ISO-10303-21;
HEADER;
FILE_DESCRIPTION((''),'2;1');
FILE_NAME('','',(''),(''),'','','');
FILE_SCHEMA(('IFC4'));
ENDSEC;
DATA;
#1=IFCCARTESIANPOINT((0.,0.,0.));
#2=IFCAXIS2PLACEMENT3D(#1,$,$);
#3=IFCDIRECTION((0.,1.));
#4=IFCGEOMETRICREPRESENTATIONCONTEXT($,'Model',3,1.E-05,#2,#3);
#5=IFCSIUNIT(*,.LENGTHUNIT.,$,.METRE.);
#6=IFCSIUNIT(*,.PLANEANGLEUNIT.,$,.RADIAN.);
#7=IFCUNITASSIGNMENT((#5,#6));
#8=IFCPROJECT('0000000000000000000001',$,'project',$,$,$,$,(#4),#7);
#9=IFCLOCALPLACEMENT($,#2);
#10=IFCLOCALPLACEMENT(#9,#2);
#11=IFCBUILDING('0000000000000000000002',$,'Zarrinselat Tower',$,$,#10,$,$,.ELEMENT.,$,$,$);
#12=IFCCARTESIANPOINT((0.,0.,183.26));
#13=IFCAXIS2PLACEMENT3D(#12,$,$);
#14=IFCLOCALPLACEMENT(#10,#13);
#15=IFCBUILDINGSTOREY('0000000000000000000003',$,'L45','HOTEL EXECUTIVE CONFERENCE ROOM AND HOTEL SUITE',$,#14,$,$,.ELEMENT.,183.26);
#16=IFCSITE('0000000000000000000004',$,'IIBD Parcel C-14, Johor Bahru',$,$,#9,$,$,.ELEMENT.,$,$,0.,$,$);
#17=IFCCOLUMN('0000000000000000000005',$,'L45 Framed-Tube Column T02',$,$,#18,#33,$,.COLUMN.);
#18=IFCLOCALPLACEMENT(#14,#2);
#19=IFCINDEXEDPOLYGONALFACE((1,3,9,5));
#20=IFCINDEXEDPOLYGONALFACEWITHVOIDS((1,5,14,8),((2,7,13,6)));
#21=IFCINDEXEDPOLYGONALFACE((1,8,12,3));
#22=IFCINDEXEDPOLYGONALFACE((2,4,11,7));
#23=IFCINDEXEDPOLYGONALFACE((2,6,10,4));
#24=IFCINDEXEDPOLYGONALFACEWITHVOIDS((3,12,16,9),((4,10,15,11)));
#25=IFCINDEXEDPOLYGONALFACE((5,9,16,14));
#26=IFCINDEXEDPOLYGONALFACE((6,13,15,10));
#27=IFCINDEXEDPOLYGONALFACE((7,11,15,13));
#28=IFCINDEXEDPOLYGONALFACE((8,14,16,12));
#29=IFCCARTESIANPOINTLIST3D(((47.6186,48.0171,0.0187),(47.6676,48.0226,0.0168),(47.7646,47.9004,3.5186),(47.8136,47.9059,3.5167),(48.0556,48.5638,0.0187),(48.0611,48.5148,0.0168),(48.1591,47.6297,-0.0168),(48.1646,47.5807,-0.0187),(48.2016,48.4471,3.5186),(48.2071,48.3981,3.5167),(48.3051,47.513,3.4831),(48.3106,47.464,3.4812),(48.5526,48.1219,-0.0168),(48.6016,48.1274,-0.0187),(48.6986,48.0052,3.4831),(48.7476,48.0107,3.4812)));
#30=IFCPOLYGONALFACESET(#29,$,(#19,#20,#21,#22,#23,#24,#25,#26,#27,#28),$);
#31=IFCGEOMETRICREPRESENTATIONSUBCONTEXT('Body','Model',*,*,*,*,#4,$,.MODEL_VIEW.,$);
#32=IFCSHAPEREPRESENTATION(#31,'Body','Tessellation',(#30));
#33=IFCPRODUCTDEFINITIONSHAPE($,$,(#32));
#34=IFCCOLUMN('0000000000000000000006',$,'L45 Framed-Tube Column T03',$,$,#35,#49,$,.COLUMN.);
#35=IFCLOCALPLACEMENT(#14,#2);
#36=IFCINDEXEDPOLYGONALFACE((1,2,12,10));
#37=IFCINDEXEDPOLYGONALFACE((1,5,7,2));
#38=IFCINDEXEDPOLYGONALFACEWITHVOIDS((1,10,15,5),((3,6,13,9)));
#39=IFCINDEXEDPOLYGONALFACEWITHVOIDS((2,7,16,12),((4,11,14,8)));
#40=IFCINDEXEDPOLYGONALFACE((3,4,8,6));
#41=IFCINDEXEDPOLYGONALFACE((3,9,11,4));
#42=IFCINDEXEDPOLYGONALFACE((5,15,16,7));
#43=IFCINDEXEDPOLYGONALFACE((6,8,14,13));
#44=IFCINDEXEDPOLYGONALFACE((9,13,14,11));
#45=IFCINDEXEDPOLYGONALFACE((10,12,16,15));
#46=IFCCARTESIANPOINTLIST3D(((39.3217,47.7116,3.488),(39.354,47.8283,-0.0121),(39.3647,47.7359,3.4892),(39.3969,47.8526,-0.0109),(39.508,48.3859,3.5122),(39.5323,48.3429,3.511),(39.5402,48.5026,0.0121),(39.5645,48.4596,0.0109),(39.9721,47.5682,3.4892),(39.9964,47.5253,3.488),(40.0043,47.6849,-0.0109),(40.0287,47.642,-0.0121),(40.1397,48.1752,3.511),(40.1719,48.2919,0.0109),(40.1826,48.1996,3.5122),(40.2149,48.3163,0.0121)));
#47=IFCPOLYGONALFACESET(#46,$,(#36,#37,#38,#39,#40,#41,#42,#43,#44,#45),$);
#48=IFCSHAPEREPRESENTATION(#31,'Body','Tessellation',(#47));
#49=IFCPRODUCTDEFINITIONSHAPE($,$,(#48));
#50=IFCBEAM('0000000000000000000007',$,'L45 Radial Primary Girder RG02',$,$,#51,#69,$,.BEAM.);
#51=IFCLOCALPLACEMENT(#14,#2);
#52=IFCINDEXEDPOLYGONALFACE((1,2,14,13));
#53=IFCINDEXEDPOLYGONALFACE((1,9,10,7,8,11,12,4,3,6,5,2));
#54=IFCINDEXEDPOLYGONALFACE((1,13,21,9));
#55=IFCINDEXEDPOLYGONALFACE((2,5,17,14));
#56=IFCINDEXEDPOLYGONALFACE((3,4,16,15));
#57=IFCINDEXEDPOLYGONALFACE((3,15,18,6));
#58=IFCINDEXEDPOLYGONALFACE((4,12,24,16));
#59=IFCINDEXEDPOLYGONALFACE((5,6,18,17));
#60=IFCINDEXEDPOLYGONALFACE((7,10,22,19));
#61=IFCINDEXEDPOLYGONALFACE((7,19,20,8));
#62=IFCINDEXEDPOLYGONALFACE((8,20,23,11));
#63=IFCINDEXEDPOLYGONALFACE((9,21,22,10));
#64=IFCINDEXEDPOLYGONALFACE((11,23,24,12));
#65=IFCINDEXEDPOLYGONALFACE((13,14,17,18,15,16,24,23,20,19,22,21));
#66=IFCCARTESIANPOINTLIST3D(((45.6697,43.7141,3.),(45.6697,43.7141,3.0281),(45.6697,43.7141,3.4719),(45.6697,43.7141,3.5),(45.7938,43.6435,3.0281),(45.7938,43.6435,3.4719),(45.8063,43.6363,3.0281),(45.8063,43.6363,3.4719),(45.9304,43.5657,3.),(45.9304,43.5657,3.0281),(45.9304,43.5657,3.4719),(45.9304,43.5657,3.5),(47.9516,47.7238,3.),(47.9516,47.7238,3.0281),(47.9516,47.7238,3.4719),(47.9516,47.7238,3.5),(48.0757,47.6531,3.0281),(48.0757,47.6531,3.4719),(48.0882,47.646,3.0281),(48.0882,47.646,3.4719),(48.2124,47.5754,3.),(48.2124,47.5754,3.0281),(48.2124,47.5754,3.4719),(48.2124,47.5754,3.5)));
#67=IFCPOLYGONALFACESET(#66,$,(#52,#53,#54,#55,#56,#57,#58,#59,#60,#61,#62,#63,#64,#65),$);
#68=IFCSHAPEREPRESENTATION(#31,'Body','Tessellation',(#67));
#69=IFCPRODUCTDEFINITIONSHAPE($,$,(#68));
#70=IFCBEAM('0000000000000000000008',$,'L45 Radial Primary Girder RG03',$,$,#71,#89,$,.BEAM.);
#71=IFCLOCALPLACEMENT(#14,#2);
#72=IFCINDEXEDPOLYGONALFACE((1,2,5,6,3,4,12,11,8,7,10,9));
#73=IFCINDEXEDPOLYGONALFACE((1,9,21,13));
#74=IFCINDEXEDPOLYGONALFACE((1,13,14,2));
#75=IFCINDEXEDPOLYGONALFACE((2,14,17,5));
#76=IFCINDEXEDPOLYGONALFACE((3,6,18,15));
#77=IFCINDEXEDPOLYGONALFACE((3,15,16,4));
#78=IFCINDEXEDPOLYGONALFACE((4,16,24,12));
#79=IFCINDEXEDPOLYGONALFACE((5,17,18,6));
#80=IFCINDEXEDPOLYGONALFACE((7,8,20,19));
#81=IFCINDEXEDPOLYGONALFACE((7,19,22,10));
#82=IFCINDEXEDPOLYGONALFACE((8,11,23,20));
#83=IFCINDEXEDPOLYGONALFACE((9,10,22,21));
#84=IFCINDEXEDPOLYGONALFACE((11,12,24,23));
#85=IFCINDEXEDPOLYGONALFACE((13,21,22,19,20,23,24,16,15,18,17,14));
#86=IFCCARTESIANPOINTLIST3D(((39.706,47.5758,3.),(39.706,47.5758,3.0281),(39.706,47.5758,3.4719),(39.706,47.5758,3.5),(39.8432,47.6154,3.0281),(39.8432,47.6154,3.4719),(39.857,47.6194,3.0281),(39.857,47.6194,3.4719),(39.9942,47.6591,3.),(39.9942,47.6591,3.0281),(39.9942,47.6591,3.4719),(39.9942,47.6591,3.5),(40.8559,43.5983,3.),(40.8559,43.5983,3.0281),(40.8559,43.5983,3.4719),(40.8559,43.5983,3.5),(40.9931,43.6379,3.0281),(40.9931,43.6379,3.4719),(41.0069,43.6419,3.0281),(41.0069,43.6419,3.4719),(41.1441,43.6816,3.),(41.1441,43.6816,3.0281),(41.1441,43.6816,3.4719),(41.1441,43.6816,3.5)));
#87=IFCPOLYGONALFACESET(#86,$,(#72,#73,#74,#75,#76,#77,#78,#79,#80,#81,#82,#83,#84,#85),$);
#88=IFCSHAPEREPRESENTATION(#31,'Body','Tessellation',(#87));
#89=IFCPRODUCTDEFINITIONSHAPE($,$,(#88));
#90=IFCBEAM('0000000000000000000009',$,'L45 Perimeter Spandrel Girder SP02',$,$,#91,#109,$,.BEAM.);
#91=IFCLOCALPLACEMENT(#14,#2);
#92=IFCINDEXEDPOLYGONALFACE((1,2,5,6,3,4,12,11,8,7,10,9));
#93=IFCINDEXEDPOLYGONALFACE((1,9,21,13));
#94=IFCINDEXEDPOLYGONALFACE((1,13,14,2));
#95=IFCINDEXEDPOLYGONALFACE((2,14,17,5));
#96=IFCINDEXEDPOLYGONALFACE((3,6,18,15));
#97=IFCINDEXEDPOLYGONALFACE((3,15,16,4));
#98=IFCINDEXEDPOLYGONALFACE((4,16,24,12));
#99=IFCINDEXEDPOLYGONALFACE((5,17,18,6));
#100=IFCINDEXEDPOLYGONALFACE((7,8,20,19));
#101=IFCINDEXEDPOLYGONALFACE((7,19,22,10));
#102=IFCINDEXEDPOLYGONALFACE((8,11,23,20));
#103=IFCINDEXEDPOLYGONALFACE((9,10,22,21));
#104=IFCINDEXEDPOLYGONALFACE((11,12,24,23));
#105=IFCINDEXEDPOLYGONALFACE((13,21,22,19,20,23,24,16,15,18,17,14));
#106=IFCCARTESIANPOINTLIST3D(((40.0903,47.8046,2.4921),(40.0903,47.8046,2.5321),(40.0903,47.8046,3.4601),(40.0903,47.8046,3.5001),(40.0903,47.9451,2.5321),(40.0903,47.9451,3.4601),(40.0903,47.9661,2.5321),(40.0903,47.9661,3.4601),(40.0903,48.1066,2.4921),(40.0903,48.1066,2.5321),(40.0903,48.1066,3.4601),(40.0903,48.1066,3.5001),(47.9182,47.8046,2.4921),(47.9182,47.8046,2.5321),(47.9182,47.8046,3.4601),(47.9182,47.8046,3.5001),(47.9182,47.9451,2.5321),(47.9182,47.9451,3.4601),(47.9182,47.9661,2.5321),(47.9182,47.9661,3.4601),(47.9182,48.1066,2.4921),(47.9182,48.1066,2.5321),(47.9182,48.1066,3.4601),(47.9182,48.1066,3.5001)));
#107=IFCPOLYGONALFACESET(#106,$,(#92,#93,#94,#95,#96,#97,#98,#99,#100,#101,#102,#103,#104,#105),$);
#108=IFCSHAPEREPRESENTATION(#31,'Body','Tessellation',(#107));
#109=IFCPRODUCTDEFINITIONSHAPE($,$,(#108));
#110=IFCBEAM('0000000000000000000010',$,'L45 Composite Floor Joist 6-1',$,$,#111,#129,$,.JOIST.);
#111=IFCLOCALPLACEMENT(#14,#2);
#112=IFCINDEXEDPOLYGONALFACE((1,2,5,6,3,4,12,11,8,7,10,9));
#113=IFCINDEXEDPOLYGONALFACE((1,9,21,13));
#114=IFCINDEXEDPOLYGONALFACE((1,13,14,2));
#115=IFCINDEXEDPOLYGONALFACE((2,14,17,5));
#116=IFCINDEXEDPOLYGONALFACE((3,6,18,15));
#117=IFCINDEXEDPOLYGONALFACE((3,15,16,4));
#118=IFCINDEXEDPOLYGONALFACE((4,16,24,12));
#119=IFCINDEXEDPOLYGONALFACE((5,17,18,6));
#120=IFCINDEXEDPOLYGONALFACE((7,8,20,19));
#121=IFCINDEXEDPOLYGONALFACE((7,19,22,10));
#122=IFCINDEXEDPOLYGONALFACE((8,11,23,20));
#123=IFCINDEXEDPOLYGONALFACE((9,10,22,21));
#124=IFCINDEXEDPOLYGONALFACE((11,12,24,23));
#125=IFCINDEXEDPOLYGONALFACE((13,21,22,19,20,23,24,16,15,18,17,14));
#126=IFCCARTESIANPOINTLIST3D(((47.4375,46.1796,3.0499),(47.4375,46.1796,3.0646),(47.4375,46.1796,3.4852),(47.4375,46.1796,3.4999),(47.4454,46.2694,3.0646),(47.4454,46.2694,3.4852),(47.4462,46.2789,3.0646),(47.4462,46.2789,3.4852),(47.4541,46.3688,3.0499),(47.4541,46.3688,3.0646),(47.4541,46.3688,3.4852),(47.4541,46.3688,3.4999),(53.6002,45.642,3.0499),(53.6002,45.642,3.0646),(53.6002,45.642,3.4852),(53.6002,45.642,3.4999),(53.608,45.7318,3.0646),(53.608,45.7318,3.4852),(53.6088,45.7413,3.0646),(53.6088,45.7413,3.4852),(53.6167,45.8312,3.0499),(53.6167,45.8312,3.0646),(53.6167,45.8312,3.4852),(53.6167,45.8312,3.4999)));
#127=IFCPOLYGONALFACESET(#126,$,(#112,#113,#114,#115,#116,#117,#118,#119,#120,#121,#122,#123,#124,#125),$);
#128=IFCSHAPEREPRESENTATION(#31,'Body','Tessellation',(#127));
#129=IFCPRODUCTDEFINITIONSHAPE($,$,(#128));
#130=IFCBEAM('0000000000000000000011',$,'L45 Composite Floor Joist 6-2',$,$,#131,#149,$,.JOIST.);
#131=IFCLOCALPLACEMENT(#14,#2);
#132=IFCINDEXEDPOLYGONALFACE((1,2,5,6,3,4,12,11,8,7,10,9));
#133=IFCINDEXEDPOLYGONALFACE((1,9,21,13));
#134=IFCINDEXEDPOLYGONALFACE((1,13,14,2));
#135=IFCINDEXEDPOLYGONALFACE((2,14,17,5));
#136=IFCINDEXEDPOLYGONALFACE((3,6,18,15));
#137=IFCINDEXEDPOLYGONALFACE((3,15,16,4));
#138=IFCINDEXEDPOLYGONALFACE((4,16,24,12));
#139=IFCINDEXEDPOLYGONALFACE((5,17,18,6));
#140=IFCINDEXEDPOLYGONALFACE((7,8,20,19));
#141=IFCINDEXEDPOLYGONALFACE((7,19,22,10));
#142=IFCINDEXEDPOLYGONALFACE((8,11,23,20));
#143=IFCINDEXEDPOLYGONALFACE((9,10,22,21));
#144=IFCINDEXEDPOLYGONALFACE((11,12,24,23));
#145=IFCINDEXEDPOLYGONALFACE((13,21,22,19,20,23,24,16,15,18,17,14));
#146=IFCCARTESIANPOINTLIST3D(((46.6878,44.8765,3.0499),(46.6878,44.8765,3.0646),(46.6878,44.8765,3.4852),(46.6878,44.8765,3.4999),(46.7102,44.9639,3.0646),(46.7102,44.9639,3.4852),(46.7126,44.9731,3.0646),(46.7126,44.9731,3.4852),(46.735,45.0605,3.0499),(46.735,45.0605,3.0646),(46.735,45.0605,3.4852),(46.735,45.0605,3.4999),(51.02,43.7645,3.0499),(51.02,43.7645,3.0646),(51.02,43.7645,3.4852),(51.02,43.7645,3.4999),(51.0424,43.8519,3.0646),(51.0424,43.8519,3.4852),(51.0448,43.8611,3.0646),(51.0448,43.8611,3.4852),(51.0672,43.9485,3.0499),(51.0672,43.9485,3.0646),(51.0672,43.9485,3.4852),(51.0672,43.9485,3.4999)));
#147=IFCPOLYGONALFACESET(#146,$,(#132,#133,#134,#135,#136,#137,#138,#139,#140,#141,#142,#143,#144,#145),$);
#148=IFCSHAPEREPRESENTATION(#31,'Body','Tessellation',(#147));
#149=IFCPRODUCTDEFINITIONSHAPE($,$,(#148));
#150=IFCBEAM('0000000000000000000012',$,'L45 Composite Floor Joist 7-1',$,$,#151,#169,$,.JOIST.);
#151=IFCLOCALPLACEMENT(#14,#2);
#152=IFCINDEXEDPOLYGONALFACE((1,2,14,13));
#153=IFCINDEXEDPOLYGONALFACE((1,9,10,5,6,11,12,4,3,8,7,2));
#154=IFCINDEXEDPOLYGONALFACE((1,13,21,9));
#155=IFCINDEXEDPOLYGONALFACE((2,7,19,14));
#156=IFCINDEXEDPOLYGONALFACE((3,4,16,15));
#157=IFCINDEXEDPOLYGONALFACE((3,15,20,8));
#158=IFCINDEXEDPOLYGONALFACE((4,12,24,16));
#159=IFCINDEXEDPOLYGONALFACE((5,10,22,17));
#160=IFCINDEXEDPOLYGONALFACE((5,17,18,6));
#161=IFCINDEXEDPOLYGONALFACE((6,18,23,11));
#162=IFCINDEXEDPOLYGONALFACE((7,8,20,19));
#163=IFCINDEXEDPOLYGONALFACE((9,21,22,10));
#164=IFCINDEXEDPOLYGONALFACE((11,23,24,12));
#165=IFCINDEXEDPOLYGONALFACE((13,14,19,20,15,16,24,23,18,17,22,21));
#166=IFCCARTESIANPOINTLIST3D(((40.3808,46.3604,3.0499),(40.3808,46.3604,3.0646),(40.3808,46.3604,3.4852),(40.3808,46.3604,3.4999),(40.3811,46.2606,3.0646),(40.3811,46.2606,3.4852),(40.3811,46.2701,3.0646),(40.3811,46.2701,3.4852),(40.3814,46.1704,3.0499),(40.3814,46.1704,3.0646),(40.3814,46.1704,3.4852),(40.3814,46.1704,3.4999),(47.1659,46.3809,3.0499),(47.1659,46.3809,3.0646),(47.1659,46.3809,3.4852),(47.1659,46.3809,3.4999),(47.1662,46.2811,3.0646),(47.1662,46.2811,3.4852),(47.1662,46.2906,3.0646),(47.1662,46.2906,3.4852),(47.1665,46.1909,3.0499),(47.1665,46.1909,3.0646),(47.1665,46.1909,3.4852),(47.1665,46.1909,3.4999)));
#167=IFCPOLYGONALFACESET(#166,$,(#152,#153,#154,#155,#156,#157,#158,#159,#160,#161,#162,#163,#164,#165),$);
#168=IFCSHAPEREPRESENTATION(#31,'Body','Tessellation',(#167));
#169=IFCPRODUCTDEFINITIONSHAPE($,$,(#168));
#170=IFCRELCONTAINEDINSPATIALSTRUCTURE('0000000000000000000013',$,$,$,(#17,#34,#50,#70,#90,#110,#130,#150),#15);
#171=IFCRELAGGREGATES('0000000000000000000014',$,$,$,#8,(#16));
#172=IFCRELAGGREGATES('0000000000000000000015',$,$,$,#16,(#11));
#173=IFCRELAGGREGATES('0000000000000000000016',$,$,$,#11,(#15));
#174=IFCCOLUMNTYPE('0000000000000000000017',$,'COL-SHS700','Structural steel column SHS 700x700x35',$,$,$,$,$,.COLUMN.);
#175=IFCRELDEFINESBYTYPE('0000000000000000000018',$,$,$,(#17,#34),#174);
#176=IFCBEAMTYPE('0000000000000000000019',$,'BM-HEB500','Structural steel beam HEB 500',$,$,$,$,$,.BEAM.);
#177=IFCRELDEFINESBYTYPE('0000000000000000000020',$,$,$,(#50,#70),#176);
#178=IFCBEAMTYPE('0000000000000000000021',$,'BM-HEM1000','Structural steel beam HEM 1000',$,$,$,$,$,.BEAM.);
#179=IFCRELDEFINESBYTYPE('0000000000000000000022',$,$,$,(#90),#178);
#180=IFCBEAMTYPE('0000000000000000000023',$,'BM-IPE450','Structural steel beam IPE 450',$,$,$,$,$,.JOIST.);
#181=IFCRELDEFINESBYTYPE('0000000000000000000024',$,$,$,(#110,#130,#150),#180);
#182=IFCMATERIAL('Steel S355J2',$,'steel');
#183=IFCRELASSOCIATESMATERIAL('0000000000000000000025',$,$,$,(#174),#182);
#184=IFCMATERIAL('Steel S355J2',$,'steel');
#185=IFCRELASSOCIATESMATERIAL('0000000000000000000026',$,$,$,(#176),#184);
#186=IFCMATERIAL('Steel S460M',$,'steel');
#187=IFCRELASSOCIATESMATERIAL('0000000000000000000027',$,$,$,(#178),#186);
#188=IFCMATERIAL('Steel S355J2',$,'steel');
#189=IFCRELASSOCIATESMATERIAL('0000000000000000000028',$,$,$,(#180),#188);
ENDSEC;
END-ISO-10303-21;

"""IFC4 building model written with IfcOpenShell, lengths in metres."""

from ifc_helpers import new_model, si_unit, direction, frame, origin, origin_2d, place, context, subcontext, project, spatial, hollow_rectangle, i_section, extrude, material, material_profile, profile_set, type_object, element, save


model = new_model("IFC4")

# Units and contexts
model_context = context("Model", 3, precision=1e-05, world=origin(), true_north=direction((0.0, 1.0)))
body_context = subcontext(model_context, "Body", "Model", "MODEL_VIEW")
ifc_project = project(units=[si_unit("LENGTHUNIT", "METRE"), si_unit("PLANEANGLEUNIT", "RADIAN")], contexts=[model_context])

# Site, building, storey
site_placement = place(None, origin())
site = spatial("IfcSite", under=ifc_project, at=site_placement, Name="IIBD Parcel C-14, Johor Bahru", CompositionType="ELEMENT", RefElevation=0.0)
building_placement = place(site_placement, origin())
building = spatial("IfcBuilding", under=site, at=building_placement, Name="Zarrinselat Tower", CompositionType="ELEMENT")
storey_placement = place(building_placement, frame((0.0, 0.0, 183.26)))
storey = spatial("IfcBuildingStorey", under=building, at=storey_placement, Name="L45", Description="HOTEL EXECUTIVE CONFERENCE ROOM AND HOTEL SUITE", CompositionType="ELEMENT", Elevation=183.26)

# Columns
ifc_material_1 = material(Name="Steel S355J2", Category="steel")
ifc_material_profile_1 = material_profile(ifc_material_1, hollow_rectangle(XDim=0.7, YDim=0.7, WallThickness=0.0349, at=origin_2d()), Name="SHS 700x700x35")
ifc_profile_set_1 = profile_set([ifc_material_profile_1], Name="Steel S355J2")
column_type = type_object("IfcColumnType", Name="COL-SHS700", Description="Structural steel column SHS 700x700x35", PredefinedType="COLUMN", material=ifc_profile_set_1)
column_1_placement = place(storey_placement, frame((48.1101, 48.0723, 0.0), z_axis=(0.041654, -0.033295, 0.998577), x_axis=(0.624376, 0.781124, 0.0)))
element("IfcColumn", 1, at=column_1_placement, inside=storey, type_object=column_type, Name="L45 Framed-Tube Column T02", PredefinedType="COLUMN", context=body_context, shape_type="SweptSolid", body=[
    extrude(hollow_rectangle(XDim=0.7, YDim=0.7, WallThickness=0.0349, at=origin_2d()), origin(), (0.0, 0.0, 1.0), 3.5049),
])
column_2_placement = place(storey_placement, frame((39.7844, 48.0723, 0.0), z_axis=(-0.009202, -0.033323, 0.999402), x_axis=(0.963921, -0.266187, 0.0)))
element("IfcColumn", 2, at=column_2_placement, inside=storey, type_object=column_type, Name="L45 Framed-Tube Column T03", PredefinedType="COLUMN", context=body_context, shape_type="SweptSolid", body=[
    extrude(hollow_rectangle(XDim=0.7, YDim=0.7, WallThickness=0.0349, at=origin_2d()), origin(), (0.0, 0.0, 1.0), 3.5022),
])

# Beams
ifc_material_2 = material(Name="Steel S355J2", Category="steel")
ifc_material_profile_2 = material_profile(ifc_material_2, i_section(OverallWidth=0.3, OverallDepth=0.5, WebThickness=0.0144, FlangeThickness=0.0281, at=origin_2d()), Name="HEB 500")
ifc_profile_set_2 = profile_set([ifc_material_profile_2], Name="Steel S355J2")
beam_type_1 = type_object("IfcBeamType", Name="BM-HEB500", Description="Structural steel beam HEB 500", PredefinedType="BEAM", material=ifc_profile_set_2)
beam_1_placement = place(storey_placement, frame((45.8, 43.6399, 3.25), z_axis=(0.494617, 0.869111, 0.0), x_axis=(-0.869111, 0.494617, 0.0)))
element("IfcBeam", 3, at=beam_1_placement, inside=storey, type_object=beam_type_1, Name="L45 Radial Primary Girder RG02", PredefinedType="BEAM", context=body_context, shape_type="SweptSolid", body=[
    extrude(i_section(OverallWidth=0.3, OverallDepth=0.5, WebThickness=0.0144, FlangeThickness=0.0281, at=origin_2d()), origin(), (0.0, 0.0, 1.0), 4.6135),
])
beam_2_placement = place(storey_placement, frame((39.8501, 47.6174, 3.25), z_axis=(0.277726, -0.96066, 0.0), x_axis=(0.96066, 0.277726, 0.0)))
element("IfcBeam", 4, at=beam_2_placement, inside=storey, type_object=beam_type_1, Name="L45 Radial Primary Girder RG03", PredefinedType="BEAM", context=body_context, shape_type="SweptSolid", body=[
    extrude(i_section(OverallWidth=0.3, OverallDepth=0.5, WebThickness=0.0144, FlangeThickness=0.0281, at=origin_2d()), origin(), (0.0, 0.0, 1.0), 4.1404),
])
ifc_material_3 = material(Name="Steel S460M", Category="steel")
ifc_material_profile_3 = material_profile(ifc_material_3, i_section(OverallWidth=0.302, OverallDepth=1.0081, WebThickness=0.021, FlangeThickness=0.04, at=origin_2d()), Name="HEM 1000")
ifc_profile_set_3 = profile_set([ifc_material_profile_3], Name="Steel S460M")
beam_type_2 = type_object("IfcBeamType", Name="BM-HEM1000", Description="Structural steel beam HEM 1000", PredefinedType="BEAM", material=ifc_profile_set_3)
beam_3_placement = place(storey_placement, frame((40.0903, 47.9556, 2.9961), z_axis=(1.0, 0.0, 0.0), x_axis=(0.0, 1.0, 0.0)))
element("IfcBeam", 5, at=beam_3_placement, inside=storey, type_object=beam_type_2, Name="L45 Perimeter Spandrel Girder SP02", PredefinedType="BEAM", context=body_context, shape_type="SweptSolid", body=[
    extrude(i_section(OverallWidth=0.302, OverallDepth=1.0081, WebThickness=0.021, FlangeThickness=0.04, at=origin_2d()), origin(), (0.0, 0.0, 1.0), 7.8279),
])
ifc_material_4 = material(Name="Steel S355J2", Category="steel")
ifc_material_profile_4 = material_profile(ifc_material_4, i_section(OverallWidth=0.1899, OverallDepth=0.45, WebThickness=0.0095, FlangeThickness=0.0146, at=origin_2d()), Name="IPE 450")
ifc_profile_set_4 = profile_set([ifc_material_profile_4], Name="Steel S355J2")
beam_type_3 = type_object("IfcBeamType", Name="BM-IPE450", Description="Structural steel beam IPE 450", PredefinedType="JOIST", material=ifc_profile_set_4)
beam_4_placement = place(storey_placement, frame((47.4458, 46.2742, 3.2749), z_axis=(0.996217, -0.086906, 0.0), x_axis=(0.086906, 0.996217, 0.0)))
element("IfcBeam", 6, at=beam_4_placement, inside=storey, type_object=beam_type_3, Name="L45 Composite Floor Joist 6-1", PredefinedType="JOIST", context=body_context, shape_type="SweptSolid", body=[
    extrude(i_section(OverallWidth=0.1899, OverallDepth=0.45, WebThickness=0.0095, FlangeThickness=0.0146, at=origin_2d()), origin(), (0.0, 0.0, 1.0), 6.186),
])
beam_5_placement = place(storey_placement, frame((46.7114, 44.9685, 3.2749), z_axis=(0.968598, -0.248631, 0.0), x_axis=(0.248631, 0.968598, 0.0)))
element("IfcBeam", 7, at=beam_5_placement, inside=storey, type_object=beam_type_3, Name="L45 Composite Floor Joist 6-2", PredefinedType="JOIST", context=body_context, shape_type="SweptSolid", body=[
    extrude(i_section(OverallWidth=0.1899, OverallDepth=0.45, WebThickness=0.0095, FlangeThickness=0.0146, at=origin_2d()), origin(), (0.0, 0.0, 1.0), 4.4727),
])
beam_6_placement = place(storey_placement, frame((40.3811, 46.2654, 3.2749), z_axis=(0.999995, 0.003022, 0.0), x_axis=(-0.003022, 0.999995, 0.0)))
element("IfcBeam", 8, at=beam_6_placement, inside=storey, type_object=beam_type_3, Name="L45 Composite Floor Joist 7-1", PredefinedType="JOIST", context=body_context, shape_type="SweptSolid", body=[
    extrude(i_section(OverallWidth=0.1899, OverallDepth=0.45, WebThickness=0.0095, FlangeThickness=0.0146, at=origin_2d()), origin(), (0.0, 0.0, 1.0), 6.7852),
])

save(model, "model.ifc")
